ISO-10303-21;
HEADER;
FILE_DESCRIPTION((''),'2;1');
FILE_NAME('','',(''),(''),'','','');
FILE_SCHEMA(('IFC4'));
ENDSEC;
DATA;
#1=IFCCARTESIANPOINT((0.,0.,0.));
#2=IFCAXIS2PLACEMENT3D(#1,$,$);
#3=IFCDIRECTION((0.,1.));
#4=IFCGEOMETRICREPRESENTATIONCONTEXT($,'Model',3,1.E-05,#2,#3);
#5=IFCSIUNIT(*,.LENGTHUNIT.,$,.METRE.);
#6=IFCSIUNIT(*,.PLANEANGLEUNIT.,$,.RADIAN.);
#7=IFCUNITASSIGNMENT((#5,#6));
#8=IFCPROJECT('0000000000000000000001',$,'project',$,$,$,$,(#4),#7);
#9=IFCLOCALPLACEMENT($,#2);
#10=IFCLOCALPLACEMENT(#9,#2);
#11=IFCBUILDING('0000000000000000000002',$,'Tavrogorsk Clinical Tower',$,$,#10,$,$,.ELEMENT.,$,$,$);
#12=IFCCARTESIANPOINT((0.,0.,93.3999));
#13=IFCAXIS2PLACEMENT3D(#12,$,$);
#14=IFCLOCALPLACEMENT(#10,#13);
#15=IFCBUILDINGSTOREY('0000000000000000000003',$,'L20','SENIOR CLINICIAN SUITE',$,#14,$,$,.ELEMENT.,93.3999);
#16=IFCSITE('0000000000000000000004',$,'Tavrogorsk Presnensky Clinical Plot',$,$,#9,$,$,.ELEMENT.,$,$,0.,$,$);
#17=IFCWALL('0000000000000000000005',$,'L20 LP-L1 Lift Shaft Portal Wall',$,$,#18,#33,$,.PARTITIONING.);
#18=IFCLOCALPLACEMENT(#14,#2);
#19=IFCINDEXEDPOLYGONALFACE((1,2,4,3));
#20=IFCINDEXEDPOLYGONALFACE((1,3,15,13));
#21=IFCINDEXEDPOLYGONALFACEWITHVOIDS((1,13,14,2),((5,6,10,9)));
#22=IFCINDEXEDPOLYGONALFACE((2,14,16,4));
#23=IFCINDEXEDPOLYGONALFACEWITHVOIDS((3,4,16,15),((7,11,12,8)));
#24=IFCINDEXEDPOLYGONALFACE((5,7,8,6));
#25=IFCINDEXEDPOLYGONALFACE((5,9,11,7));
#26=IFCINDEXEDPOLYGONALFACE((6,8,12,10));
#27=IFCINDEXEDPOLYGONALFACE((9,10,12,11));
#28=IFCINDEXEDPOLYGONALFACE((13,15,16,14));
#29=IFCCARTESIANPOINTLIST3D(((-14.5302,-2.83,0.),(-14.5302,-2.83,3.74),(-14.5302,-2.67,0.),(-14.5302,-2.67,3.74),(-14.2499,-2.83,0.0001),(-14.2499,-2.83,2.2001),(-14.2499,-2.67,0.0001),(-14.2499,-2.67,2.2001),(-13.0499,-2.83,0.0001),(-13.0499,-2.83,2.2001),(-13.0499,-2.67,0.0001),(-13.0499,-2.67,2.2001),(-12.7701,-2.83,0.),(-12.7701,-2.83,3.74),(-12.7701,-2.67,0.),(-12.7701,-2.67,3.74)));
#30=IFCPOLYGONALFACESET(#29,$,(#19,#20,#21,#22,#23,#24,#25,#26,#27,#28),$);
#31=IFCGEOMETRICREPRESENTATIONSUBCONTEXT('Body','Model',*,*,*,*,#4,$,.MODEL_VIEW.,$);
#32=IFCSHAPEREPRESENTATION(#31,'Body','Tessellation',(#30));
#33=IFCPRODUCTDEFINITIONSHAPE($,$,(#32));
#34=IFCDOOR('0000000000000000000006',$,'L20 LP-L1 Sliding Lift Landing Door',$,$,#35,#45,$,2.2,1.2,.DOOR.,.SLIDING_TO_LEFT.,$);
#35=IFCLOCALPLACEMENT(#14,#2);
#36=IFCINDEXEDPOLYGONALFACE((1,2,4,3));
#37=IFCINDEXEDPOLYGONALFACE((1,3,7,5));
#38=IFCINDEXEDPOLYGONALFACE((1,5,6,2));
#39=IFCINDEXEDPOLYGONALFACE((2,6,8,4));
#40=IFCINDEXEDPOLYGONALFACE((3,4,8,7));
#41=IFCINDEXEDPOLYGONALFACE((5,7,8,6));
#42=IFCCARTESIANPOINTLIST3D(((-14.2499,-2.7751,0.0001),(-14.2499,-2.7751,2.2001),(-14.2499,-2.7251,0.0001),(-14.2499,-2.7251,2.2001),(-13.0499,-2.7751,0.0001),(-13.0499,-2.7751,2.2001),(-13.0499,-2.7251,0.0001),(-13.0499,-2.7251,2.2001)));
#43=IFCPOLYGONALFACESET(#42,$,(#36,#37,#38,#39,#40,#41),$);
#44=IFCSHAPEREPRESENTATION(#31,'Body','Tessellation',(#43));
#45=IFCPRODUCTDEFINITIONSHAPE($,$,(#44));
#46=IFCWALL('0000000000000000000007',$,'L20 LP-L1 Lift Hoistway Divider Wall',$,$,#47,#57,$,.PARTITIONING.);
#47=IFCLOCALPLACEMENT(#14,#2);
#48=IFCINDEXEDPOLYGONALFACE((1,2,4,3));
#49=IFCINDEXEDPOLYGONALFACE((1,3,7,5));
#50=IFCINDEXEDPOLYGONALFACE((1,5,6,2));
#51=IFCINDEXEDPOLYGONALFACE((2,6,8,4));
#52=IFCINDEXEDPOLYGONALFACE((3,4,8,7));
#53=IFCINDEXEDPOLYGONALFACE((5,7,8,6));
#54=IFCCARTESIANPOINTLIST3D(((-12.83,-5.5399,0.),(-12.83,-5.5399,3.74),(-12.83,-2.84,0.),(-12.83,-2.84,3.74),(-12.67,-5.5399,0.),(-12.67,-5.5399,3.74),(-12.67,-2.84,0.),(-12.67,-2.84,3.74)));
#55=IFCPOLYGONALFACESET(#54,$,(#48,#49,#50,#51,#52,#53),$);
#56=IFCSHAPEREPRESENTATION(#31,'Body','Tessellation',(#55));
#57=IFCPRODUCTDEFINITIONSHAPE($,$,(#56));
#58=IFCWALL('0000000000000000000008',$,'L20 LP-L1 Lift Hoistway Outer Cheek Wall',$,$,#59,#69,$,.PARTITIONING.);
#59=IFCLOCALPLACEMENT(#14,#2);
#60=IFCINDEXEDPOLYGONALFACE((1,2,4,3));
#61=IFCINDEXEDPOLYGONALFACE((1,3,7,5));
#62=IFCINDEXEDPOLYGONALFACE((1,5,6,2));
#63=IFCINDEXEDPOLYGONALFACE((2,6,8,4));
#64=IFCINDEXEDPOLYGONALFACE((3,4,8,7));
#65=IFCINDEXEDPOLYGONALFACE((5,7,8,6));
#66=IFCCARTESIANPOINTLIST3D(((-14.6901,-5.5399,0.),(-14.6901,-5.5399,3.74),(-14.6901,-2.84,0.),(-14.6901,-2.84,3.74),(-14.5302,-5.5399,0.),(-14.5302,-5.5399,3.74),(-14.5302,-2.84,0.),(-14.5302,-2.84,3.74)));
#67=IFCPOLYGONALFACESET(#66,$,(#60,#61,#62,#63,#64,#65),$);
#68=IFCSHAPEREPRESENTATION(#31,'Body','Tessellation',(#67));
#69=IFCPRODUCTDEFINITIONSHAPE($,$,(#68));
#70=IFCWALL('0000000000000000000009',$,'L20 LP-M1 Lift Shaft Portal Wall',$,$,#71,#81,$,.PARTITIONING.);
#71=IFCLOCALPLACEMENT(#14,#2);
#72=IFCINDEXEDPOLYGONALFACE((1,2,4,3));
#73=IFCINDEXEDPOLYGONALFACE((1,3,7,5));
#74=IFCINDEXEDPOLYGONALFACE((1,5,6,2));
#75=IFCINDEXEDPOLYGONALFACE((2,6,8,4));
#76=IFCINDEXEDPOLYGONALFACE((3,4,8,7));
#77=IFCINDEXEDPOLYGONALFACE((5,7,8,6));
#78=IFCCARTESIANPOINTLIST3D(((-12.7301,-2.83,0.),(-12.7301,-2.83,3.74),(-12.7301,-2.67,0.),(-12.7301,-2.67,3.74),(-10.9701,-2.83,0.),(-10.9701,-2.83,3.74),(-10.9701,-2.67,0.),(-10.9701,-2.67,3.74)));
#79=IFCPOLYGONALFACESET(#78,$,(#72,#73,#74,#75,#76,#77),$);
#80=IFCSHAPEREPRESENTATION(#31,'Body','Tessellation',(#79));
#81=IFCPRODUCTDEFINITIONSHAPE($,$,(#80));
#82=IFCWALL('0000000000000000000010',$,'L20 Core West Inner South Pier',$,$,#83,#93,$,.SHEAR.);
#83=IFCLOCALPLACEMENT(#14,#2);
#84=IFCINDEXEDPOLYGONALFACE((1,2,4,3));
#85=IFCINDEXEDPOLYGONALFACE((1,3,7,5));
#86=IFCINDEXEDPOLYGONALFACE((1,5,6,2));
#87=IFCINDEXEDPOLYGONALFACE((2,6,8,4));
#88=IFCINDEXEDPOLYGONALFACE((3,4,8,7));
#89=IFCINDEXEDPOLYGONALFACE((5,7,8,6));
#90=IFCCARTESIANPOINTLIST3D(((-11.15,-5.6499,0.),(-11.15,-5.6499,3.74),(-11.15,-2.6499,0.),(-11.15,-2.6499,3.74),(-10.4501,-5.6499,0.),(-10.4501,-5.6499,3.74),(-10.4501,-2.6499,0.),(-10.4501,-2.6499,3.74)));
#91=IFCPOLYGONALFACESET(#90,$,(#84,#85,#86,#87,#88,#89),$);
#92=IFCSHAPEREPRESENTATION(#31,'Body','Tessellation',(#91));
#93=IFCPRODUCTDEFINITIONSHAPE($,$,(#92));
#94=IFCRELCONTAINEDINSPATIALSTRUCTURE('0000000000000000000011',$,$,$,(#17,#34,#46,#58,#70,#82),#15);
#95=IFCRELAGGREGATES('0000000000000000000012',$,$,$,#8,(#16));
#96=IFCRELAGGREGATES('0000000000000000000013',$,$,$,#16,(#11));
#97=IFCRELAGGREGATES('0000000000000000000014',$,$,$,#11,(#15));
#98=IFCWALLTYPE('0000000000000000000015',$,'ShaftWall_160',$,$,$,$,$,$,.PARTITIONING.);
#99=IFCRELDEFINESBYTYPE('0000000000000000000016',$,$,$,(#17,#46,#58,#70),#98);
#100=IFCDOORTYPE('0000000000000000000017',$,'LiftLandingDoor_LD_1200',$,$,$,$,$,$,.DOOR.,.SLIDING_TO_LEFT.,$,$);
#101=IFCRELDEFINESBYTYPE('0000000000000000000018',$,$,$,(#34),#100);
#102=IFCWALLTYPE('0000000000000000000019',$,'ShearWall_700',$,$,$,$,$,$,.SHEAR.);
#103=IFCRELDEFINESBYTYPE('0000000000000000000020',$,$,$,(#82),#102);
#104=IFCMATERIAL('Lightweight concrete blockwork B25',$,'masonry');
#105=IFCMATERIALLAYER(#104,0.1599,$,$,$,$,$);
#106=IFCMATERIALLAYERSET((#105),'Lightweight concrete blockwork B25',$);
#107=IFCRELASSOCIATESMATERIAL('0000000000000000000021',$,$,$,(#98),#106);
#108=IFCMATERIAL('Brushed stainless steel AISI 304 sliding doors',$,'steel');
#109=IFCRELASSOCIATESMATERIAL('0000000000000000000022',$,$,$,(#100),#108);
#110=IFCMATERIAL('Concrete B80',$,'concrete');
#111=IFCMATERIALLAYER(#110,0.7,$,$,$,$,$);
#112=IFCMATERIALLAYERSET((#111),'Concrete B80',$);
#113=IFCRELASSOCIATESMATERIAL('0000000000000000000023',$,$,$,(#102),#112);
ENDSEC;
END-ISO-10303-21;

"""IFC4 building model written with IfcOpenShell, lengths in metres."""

from ifc_helpers import new_model, si_unit, direction, frame, frame_2d, origin, place, context, subcontext, project, spatial, rectangle, extrude, material, layer, layer_set, type_object, element, fill, save


model = new_model("IFC4")

# Units and contexts
model_context = context("Model", 3, precision=1e-05, world=origin(), true_north=direction((0.0, 1.0)))
body_context = subcontext(model_context, "Body", "Model", "MODEL_VIEW")
ifc_project = project(units=[si_unit("LENGTHUNIT", "METRE"), si_unit("PLANEANGLEUNIT", "RADIAN")], contexts=[model_context])

# Site, building, storey
site_placement = place(None, origin())
site = spatial("IfcSite", under=ifc_project, at=site_placement, Name="Tavrogorsk Presnensky Clinical Plot", CompositionType="ELEMENT", RefElevation=0.0)
building_placement = place(site_placement, origin())
building = spatial("IfcBuilding", under=site, at=building_placement, Name="Tavrogorsk Clinical Tower", CompositionType="ELEMENT")
storey_placement = place(building_placement, frame((0.0, 0.0, 93.3999)))
storey = spatial("IfcBuildingStorey", under=building, at=storey_placement, Name="L20", Description="SENIOR CLINICIAN SUITE", CompositionType="ELEMENT", Elevation=93.3999)

# Wall, opening, door
ifc_material_1 = material(Name="Lightweight concrete blockwork B25", Category="masonry")
ifc_layer_1 = layer(ifc_material_1, 0.1599)
ifc_layer_set_1 = layer_set([ifc_layer_1], Name="Lightweight concrete blockwork B25")
wall_type_1 = type_object("IfcWallType", Name="ShaftWall_160", PredefinedType="PARTITIONING", material=ifc_layer_set_1)
wall_1_placement = place(storey_placement, frame((-14.53, -2.75, 0.0), z_axis=(0.0, 0.0, 1.0), x_axis=(1.0, 0.0, 0.0)))
wall_1 = element("IfcWall", 1, at=wall_1_placement, inside=storey, type_object=wall_type_1, Name="L20 LP-L1 Lift Shaft Portal Wall", PredefinedType="PARTITIONING", context=body_context, shape_type="SweptSolid", body=[
    extrude(rectangle(XDim=1.76, YDim=0.1599, at=frame_2d((0.8799, 0.0))), origin(), (0.0, 0.0, 1.0), 3.74),
])
opening_1_placement = place(wall_1_placement, frame((0.28, 0.0, 0.0)))
opening_1 = element("IfcOpeningElement", 2, at=opening_1_placement, cuts=wall_1, PredefinedType="OPENING", context=body_context, shape_type="SweptSolid", body=[
    extrude(rectangle(XDim=1.2, YDim=2.2, at=frame_2d((0.6001, 1.1001))), frame((0.0, 0.0898, 0.0), z_axis=(0.0, -1.0, 0.0), x_axis=(1.0, 0.0, 0.0)), (0.0, 0.0, 1.0), 0.1799),
])
ifc_material_2 = material(Name="Brushed stainless steel AISI 304 sliding doors", Category="steel")
door_type_1 = type_object("IfcDoorType", Name="LiftLandingDoor_LD_1200", OperationType="SLIDING_TO_LEFT", PredefinedType="DOOR", material=ifc_material_2)
door_1_placement = place(opening_1_placement, origin())
door_1 = element("IfcDoor", 3, at=door_1_placement, inside=storey, type_object=door_type_1, Name="L20 LP-L1 Sliding Lift Landing Door", OperationType="SLIDING_TO_LEFT", OverallHeight=2.2, OverallWidth=1.2, PredefinedType="DOOR", context=body_context, shape_type="SweptSolid", body=[
    extrude(rectangle(XDim=1.2, YDim=2.2, at=frame_2d((0.6001, 1.1001))), frame((0.0, 0.0249, 0.0), z_axis=(0.0, -1.0, 0.0), x_axis=(1.0, 0.0, 0.0)), (0.0, 0.0, 1.0), 0.05),
])
fill(opening_1, door_1)

# Walls
for number, where, z_axis, x_axis, name in (
    (4, (-12.75, -5.54, 0.0), (0.0, 0.0, 1.0), (0.0, 1.0, 0.0), "L20 LP-L1 Lift Hoistway Divider Wall"),
    (5, (-14.6101, -5.54, 0.0), (0.0, 0.0, 1.0), (0.0, 1.0, 0.0), "L20 LP-L1 Lift Hoistway Outer Cheek Wall"),
):
    element("IfcWall", number, at=place(storey_placement, frame(where, z_axis=z_axis, x_axis=x_axis)), inside=storey, type_object=wall_type_1, Name=name, PredefinedType="PARTITIONING", context=body_context, shape_type="SweptSolid", body=[
        extrude(rectangle(XDim=2.7, YDim=0.1599, at=frame_2d((1.3501, 0.0))), origin(), (0.0, 0.0, 1.0), 3.74),
    ])
wall_2_placement = place(storey_placement, frame((-12.73, -2.75, 0.0), z_axis=(0.0, 0.0, 1.0), x_axis=(1.0, 0.0, 0.0)))
element("IfcWall", 6, at=wall_2_placement, inside=storey, type_object=wall_type_1, Name="L20 LP-M1 Lift Shaft Portal Wall", PredefinedType="PARTITIONING", context=body_context, shape_type="SweptSolid", body=[
    extrude(rectangle(XDim=1.76, YDim=0.1599, at=frame_2d((0.8799, 0.0))), origin(), (0.0, 0.0, 1.0), 3.74),
])
ifc_material_3 = material(Name="Concrete B80", Category="concrete")
ifc_layer_2 = layer(ifc_material_3, 0.7)
ifc_layer_set_2 = layer_set([ifc_layer_2], Name="Concrete B80")
wall_type_2 = type_object("IfcWallType", Name="ShearWall_700", PredefinedType="SHEAR", material=ifc_layer_set_2)
wall_3_placement = place(storey_placement, frame((-10.8, -5.6499, 0.0), z_axis=(0.0, 0.0, 1.0), x_axis=(0.0, 1.0, 0.0)))
element("IfcWall", 7, at=wall_3_placement, inside=storey, type_object=wall_type_2, Name="L20 Core West Inner South Pier", PredefinedType="SHEAR", context=body_context, shape_type="SweptSolid", body=[
    extrude(rectangle(XDim=3.0, YDim=0.7, at=frame_2d((1.5, 0.0))), origin(), (0.0, 0.0, 1.0), 3.74),
])

save(model, "model.ifc")
